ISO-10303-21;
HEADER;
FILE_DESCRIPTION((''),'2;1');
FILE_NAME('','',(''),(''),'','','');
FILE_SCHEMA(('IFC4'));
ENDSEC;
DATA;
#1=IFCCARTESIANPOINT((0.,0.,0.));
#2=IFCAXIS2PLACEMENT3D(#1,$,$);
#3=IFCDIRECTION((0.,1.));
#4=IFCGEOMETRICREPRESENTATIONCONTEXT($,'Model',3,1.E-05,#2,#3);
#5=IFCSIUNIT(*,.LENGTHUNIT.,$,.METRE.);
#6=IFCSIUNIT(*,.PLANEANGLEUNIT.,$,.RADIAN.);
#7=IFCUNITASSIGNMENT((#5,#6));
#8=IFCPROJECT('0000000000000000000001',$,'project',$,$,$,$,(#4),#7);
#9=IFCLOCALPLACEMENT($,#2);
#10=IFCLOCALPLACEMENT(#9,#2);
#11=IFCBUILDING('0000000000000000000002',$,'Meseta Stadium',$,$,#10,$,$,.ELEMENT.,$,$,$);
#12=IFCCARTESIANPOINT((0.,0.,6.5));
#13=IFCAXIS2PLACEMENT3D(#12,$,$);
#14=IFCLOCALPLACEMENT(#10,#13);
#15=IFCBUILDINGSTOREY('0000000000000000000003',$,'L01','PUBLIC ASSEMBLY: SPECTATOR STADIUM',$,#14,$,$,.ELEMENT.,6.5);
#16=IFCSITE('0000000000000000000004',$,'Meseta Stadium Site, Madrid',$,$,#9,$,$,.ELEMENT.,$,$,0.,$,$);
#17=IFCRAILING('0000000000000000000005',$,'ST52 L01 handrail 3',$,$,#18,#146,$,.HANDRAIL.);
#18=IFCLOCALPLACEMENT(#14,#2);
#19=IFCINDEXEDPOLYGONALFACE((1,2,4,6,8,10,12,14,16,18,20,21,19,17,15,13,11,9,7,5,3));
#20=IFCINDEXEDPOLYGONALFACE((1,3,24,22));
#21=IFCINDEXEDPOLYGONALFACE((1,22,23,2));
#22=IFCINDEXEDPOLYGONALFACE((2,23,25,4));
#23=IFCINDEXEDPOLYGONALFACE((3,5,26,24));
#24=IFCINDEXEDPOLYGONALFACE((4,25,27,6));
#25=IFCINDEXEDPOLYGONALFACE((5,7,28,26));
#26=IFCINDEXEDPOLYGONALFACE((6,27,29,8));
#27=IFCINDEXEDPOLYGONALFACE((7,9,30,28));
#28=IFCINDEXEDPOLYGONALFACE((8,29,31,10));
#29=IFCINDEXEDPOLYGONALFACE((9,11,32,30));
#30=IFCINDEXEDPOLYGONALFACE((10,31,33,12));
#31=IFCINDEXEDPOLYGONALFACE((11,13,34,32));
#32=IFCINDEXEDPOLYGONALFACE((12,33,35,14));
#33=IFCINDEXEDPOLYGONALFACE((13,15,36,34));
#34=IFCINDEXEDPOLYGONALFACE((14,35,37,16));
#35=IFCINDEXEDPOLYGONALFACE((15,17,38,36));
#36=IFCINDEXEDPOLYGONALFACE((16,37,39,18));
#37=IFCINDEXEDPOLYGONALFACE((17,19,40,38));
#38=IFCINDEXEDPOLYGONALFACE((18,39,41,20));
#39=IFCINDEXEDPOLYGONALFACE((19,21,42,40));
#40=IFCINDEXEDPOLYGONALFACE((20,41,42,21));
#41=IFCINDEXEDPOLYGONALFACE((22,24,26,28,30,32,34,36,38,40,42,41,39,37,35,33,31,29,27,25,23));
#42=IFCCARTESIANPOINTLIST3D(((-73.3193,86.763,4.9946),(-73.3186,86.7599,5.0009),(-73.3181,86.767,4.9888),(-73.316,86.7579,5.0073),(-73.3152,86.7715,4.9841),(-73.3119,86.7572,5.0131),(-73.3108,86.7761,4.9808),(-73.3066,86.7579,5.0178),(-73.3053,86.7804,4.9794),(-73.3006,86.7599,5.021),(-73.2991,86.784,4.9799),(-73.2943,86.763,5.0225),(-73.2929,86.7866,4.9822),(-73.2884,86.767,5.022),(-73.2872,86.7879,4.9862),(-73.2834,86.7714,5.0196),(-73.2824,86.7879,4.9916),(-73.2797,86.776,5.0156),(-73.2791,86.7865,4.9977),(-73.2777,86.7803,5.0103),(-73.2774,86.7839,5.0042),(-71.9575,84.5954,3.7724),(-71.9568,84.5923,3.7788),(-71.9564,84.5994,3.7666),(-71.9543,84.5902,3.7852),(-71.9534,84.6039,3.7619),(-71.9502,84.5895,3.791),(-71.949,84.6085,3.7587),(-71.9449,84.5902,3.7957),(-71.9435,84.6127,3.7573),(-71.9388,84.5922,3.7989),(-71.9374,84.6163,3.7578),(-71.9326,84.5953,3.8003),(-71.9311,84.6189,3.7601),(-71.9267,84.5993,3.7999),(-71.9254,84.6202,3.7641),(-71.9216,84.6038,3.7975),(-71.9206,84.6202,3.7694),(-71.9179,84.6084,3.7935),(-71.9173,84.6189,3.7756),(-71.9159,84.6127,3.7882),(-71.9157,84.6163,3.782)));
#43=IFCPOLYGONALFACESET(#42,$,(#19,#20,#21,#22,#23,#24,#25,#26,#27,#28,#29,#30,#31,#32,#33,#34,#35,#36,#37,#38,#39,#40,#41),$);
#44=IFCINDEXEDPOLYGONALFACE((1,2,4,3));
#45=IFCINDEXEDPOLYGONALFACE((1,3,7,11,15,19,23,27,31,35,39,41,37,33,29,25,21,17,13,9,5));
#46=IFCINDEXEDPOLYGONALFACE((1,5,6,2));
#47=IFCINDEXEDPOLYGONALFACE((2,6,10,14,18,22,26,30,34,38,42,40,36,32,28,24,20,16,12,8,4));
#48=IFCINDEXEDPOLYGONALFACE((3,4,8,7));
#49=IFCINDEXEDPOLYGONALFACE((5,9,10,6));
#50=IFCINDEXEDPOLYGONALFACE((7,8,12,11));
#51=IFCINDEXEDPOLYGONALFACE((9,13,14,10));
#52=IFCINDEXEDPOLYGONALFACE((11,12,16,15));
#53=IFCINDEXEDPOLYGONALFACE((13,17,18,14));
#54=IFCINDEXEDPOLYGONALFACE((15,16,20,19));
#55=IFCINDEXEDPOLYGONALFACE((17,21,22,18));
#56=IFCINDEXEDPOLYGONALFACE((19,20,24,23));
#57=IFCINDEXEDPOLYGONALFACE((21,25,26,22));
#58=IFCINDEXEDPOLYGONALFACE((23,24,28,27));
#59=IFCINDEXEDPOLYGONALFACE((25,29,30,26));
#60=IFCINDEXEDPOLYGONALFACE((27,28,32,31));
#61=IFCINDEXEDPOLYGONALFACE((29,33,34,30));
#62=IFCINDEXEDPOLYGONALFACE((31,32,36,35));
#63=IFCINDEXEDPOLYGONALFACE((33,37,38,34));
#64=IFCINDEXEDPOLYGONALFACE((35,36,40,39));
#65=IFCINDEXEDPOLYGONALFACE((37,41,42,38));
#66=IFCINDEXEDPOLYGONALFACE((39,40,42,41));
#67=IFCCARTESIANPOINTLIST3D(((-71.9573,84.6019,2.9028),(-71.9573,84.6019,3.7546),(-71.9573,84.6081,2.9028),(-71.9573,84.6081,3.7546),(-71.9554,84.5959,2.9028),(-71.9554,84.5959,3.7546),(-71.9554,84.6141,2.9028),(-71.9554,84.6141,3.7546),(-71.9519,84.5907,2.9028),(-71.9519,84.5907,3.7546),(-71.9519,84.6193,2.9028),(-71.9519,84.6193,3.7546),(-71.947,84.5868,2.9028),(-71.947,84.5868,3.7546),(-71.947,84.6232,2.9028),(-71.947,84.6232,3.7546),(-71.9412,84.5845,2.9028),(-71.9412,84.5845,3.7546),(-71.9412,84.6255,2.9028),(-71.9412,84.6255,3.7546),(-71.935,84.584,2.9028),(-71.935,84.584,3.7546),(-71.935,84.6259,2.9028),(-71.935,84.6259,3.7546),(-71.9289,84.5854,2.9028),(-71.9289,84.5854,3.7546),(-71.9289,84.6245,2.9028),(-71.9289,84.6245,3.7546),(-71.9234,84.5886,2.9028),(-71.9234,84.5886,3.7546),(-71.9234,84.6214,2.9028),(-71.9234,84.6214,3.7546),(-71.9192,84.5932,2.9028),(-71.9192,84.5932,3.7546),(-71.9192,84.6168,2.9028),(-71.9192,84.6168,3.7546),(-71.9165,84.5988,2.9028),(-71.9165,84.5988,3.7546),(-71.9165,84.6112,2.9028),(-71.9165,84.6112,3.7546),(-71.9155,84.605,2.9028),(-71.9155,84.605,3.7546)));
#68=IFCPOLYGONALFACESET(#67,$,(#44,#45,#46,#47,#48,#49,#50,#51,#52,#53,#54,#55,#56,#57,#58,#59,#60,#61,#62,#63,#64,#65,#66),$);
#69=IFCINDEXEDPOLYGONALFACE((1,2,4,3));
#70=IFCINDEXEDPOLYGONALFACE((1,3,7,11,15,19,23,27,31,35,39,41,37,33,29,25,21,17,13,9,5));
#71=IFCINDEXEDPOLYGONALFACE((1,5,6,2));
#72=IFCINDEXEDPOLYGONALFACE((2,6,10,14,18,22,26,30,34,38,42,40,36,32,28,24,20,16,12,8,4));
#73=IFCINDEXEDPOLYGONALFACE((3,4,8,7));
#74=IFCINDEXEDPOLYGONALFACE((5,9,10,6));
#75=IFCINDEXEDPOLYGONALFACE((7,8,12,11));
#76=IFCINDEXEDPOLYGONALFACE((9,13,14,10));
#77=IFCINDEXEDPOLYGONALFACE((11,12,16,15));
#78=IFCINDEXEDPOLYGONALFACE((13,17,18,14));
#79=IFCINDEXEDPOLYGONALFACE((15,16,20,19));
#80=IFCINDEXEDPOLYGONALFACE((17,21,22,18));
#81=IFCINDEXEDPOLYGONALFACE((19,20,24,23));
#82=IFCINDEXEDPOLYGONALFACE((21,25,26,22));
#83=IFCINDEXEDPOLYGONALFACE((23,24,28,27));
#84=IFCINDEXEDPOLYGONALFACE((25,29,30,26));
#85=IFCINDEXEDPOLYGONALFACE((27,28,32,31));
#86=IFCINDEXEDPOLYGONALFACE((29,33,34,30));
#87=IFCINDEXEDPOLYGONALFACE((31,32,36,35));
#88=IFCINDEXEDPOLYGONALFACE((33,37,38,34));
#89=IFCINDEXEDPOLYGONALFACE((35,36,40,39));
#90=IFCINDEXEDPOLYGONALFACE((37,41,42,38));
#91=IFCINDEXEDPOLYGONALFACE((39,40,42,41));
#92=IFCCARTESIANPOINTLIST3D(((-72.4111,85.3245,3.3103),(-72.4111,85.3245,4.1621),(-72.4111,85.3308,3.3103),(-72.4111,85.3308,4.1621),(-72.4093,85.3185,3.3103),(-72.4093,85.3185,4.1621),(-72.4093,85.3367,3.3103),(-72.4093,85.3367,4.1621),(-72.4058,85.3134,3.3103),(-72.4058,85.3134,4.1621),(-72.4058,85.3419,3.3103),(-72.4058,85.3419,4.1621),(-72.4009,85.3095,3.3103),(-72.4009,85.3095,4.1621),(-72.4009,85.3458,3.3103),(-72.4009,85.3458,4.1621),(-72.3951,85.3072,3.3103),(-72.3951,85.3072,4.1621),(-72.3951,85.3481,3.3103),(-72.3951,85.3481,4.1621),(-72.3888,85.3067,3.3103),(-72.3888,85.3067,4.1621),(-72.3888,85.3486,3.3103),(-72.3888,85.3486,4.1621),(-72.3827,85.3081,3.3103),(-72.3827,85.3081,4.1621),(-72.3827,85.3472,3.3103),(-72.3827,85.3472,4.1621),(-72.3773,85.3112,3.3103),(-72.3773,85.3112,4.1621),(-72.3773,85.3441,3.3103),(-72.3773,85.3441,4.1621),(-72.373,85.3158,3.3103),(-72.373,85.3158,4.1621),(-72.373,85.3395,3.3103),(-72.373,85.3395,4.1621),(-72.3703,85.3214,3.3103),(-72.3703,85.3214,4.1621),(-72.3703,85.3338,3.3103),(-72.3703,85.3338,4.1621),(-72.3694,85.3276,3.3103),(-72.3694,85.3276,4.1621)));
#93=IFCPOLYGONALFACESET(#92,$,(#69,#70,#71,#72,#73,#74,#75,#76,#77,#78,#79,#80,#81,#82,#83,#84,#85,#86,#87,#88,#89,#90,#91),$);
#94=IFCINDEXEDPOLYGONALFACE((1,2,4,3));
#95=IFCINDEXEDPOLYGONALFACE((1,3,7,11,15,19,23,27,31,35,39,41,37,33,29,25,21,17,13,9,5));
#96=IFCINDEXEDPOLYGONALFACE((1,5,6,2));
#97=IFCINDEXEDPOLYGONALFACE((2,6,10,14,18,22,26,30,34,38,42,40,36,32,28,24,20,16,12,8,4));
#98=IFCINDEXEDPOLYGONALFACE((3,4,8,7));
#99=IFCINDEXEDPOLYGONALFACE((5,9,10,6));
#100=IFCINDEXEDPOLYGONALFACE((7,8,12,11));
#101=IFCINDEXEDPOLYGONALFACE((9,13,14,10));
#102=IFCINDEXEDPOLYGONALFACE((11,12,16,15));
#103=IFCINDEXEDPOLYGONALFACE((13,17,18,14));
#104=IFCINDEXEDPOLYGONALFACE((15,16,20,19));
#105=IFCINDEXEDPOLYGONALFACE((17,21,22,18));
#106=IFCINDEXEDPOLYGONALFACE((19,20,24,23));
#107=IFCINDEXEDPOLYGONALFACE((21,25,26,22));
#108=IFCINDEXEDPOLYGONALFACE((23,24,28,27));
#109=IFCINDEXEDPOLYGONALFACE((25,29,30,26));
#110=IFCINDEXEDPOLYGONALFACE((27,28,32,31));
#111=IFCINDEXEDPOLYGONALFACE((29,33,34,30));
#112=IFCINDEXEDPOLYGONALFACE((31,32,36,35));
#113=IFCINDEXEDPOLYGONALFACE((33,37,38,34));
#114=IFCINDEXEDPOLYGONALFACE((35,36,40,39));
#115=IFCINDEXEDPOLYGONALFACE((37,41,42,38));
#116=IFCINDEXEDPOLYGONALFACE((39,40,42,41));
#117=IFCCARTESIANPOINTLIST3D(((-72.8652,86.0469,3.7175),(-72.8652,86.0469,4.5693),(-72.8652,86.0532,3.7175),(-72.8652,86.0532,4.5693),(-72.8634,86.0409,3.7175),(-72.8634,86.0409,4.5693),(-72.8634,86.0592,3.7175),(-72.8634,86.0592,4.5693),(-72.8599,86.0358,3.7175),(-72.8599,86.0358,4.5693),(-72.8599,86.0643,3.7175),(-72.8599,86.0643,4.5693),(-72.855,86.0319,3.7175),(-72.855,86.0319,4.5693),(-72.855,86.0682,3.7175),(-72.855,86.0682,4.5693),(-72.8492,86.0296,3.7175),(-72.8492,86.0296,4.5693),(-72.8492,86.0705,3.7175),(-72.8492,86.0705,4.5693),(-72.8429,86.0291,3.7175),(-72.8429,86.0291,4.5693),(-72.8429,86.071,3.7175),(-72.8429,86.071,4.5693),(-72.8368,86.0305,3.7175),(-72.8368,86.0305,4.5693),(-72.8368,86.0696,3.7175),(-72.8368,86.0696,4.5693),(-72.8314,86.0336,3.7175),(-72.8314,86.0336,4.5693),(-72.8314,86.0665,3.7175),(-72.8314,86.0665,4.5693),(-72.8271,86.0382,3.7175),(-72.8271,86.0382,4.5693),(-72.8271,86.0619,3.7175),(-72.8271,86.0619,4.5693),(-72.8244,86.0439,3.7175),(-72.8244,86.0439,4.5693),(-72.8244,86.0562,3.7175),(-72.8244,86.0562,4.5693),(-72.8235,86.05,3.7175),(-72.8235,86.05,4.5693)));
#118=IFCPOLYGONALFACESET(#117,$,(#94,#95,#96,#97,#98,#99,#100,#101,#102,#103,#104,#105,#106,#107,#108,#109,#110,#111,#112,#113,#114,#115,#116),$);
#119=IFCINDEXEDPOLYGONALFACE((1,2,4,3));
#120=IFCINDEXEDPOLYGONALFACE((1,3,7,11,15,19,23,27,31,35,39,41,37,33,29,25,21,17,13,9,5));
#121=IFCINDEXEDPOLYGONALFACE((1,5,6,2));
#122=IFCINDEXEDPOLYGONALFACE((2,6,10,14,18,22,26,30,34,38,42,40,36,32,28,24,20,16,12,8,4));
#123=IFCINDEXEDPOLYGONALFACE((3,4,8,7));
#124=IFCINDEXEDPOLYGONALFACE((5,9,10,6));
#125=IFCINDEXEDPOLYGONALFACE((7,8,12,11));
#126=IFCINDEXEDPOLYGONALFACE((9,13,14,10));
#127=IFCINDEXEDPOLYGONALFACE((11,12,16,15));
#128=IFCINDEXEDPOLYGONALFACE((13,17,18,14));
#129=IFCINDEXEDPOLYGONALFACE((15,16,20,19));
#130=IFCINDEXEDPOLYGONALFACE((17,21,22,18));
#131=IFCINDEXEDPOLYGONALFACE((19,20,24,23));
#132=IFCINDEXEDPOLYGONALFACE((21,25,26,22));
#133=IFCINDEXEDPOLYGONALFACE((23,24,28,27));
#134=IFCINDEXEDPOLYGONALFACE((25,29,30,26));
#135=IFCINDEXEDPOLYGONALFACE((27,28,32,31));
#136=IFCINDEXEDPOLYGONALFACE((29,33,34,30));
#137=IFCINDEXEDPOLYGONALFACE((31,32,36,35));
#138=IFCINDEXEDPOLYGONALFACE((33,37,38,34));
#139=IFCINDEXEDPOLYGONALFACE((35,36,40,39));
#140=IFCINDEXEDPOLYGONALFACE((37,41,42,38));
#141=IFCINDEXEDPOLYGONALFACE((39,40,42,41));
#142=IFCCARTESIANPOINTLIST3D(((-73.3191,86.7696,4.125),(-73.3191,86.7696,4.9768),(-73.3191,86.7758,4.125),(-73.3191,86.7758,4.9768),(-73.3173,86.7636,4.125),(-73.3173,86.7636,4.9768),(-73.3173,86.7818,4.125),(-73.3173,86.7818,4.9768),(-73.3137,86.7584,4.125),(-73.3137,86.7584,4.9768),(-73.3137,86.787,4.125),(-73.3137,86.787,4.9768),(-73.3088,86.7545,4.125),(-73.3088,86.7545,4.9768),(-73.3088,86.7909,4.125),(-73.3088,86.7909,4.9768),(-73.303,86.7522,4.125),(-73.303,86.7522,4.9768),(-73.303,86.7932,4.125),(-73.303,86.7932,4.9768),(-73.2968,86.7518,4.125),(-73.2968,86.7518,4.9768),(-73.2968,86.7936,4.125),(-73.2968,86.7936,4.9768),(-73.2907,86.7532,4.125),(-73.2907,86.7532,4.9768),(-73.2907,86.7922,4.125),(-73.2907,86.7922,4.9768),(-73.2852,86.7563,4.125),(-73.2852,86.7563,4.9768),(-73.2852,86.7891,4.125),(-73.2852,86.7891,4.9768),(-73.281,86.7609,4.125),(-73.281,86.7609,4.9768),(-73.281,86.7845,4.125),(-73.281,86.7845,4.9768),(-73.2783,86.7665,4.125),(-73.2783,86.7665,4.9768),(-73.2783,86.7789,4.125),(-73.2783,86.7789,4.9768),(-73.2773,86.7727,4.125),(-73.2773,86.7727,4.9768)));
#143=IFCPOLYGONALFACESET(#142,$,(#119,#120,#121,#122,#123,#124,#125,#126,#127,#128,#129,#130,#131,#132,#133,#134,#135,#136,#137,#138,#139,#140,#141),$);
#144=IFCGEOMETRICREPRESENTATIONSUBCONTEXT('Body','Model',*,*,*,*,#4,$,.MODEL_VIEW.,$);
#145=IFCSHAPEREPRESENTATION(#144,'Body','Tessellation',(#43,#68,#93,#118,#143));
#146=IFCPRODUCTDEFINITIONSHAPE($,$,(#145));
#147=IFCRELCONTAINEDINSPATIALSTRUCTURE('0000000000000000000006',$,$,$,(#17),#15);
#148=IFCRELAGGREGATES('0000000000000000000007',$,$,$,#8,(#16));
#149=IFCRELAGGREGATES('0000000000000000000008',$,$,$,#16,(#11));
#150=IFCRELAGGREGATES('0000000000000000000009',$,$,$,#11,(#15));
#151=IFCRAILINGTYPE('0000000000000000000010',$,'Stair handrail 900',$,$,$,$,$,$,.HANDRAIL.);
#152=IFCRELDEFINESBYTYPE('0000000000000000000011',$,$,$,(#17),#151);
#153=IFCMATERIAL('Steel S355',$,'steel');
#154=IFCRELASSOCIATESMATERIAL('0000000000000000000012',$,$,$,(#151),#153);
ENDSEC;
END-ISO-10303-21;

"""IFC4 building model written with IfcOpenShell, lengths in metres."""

from ifc_helpers import new_model, si_unit, direction, frame, origin, origin_2d, place, context, subcontext, project, spatial, circle, extrude, material, type_object, element, save


model = new_model("IFC4")

# Units and contexts
model_context = context("Model", 3, precision=1e-05, world=origin(), true_north=direction((0.0, 1.0)))
body_context = subcontext(model_context, "Body", "Model", "MODEL_VIEW")
ifc_project = project(units=[si_unit("LENGTHUNIT", "METRE"), si_unit("PLANEANGLEUNIT", "RADIAN")], contexts=[model_context])

# Site, building, storey
site_placement = place(None, origin())
site = spatial("IfcSite", under=ifc_project, at=site_placement, Name="Meseta Stadium Site, Madrid", CompositionType="ELEMENT", RefElevation=0.0)
building_placement = place(site_placement, origin())
building = spatial("IfcBuilding", under=site, at=building_placement, Name="Meseta Stadium", CompositionType="ELEMENT")
storey_placement = place(building_placement, frame((0.0, 0.0, 6.5)))
storey = spatial("IfcBuildingStorey", under=building, at=storey_placement, Name="L01", Description="PUBLIC ASSEMBLY: SPECTATOR STADIUM", CompositionType="ELEMENT", Elevation=6.5)

# Railing
ifc_material_1 = material(Name="Steel S355", Category="steel")
railing_type_1 = type_object("IfcRailingType", Name="Stair handrail 900", PredefinedType="HANDRAIL", material=ifc_material_1)
for number, where, name in (
    (1, (-71.9365, 84.605, 2.9028), "ST52 L01 handrail 3"),
):
    element("IfcRailing", number, at=place(storey_placement, frame(where)), inside=storey, type_object=railing_type_1, Name=name, PredefinedType="HANDRAIL", context=body_context, shape_type="SweptSolid", body=[
        extrude(circle(Radius=0.0239, at=origin_2d()), frame((0.0, 0.0, 0.876), z_axis=(-0.480059, 0.764152, 0.430831), x_axis=(-0.846769, -0.531961, 0.0)), (0.0, 0.0, 1.0), 2.8367),
        extrude(circle(Radius=0.021, at=origin_2d()), origin(), (0.0, 0.0, 1.0), 0.8518),
        extrude(circle(Radius=0.021, at=origin_2d()), frame((-0.4539, 0.7227, 0.4075)), (0.0, 0.0, 1.0), 0.8518),
        extrude(circle(Radius=0.021, at=origin_2d()), frame((-0.908, 1.4451, 0.8147)), (0.0, 0.0, 1.0), 0.8518),
        extrude(circle(Radius=0.021, at=origin_2d()), frame((-1.3618, 2.1677, 1.2222)), (0.0, 0.0, 1.0), 0.8518),
    ])

save(model, "model.ifc")
